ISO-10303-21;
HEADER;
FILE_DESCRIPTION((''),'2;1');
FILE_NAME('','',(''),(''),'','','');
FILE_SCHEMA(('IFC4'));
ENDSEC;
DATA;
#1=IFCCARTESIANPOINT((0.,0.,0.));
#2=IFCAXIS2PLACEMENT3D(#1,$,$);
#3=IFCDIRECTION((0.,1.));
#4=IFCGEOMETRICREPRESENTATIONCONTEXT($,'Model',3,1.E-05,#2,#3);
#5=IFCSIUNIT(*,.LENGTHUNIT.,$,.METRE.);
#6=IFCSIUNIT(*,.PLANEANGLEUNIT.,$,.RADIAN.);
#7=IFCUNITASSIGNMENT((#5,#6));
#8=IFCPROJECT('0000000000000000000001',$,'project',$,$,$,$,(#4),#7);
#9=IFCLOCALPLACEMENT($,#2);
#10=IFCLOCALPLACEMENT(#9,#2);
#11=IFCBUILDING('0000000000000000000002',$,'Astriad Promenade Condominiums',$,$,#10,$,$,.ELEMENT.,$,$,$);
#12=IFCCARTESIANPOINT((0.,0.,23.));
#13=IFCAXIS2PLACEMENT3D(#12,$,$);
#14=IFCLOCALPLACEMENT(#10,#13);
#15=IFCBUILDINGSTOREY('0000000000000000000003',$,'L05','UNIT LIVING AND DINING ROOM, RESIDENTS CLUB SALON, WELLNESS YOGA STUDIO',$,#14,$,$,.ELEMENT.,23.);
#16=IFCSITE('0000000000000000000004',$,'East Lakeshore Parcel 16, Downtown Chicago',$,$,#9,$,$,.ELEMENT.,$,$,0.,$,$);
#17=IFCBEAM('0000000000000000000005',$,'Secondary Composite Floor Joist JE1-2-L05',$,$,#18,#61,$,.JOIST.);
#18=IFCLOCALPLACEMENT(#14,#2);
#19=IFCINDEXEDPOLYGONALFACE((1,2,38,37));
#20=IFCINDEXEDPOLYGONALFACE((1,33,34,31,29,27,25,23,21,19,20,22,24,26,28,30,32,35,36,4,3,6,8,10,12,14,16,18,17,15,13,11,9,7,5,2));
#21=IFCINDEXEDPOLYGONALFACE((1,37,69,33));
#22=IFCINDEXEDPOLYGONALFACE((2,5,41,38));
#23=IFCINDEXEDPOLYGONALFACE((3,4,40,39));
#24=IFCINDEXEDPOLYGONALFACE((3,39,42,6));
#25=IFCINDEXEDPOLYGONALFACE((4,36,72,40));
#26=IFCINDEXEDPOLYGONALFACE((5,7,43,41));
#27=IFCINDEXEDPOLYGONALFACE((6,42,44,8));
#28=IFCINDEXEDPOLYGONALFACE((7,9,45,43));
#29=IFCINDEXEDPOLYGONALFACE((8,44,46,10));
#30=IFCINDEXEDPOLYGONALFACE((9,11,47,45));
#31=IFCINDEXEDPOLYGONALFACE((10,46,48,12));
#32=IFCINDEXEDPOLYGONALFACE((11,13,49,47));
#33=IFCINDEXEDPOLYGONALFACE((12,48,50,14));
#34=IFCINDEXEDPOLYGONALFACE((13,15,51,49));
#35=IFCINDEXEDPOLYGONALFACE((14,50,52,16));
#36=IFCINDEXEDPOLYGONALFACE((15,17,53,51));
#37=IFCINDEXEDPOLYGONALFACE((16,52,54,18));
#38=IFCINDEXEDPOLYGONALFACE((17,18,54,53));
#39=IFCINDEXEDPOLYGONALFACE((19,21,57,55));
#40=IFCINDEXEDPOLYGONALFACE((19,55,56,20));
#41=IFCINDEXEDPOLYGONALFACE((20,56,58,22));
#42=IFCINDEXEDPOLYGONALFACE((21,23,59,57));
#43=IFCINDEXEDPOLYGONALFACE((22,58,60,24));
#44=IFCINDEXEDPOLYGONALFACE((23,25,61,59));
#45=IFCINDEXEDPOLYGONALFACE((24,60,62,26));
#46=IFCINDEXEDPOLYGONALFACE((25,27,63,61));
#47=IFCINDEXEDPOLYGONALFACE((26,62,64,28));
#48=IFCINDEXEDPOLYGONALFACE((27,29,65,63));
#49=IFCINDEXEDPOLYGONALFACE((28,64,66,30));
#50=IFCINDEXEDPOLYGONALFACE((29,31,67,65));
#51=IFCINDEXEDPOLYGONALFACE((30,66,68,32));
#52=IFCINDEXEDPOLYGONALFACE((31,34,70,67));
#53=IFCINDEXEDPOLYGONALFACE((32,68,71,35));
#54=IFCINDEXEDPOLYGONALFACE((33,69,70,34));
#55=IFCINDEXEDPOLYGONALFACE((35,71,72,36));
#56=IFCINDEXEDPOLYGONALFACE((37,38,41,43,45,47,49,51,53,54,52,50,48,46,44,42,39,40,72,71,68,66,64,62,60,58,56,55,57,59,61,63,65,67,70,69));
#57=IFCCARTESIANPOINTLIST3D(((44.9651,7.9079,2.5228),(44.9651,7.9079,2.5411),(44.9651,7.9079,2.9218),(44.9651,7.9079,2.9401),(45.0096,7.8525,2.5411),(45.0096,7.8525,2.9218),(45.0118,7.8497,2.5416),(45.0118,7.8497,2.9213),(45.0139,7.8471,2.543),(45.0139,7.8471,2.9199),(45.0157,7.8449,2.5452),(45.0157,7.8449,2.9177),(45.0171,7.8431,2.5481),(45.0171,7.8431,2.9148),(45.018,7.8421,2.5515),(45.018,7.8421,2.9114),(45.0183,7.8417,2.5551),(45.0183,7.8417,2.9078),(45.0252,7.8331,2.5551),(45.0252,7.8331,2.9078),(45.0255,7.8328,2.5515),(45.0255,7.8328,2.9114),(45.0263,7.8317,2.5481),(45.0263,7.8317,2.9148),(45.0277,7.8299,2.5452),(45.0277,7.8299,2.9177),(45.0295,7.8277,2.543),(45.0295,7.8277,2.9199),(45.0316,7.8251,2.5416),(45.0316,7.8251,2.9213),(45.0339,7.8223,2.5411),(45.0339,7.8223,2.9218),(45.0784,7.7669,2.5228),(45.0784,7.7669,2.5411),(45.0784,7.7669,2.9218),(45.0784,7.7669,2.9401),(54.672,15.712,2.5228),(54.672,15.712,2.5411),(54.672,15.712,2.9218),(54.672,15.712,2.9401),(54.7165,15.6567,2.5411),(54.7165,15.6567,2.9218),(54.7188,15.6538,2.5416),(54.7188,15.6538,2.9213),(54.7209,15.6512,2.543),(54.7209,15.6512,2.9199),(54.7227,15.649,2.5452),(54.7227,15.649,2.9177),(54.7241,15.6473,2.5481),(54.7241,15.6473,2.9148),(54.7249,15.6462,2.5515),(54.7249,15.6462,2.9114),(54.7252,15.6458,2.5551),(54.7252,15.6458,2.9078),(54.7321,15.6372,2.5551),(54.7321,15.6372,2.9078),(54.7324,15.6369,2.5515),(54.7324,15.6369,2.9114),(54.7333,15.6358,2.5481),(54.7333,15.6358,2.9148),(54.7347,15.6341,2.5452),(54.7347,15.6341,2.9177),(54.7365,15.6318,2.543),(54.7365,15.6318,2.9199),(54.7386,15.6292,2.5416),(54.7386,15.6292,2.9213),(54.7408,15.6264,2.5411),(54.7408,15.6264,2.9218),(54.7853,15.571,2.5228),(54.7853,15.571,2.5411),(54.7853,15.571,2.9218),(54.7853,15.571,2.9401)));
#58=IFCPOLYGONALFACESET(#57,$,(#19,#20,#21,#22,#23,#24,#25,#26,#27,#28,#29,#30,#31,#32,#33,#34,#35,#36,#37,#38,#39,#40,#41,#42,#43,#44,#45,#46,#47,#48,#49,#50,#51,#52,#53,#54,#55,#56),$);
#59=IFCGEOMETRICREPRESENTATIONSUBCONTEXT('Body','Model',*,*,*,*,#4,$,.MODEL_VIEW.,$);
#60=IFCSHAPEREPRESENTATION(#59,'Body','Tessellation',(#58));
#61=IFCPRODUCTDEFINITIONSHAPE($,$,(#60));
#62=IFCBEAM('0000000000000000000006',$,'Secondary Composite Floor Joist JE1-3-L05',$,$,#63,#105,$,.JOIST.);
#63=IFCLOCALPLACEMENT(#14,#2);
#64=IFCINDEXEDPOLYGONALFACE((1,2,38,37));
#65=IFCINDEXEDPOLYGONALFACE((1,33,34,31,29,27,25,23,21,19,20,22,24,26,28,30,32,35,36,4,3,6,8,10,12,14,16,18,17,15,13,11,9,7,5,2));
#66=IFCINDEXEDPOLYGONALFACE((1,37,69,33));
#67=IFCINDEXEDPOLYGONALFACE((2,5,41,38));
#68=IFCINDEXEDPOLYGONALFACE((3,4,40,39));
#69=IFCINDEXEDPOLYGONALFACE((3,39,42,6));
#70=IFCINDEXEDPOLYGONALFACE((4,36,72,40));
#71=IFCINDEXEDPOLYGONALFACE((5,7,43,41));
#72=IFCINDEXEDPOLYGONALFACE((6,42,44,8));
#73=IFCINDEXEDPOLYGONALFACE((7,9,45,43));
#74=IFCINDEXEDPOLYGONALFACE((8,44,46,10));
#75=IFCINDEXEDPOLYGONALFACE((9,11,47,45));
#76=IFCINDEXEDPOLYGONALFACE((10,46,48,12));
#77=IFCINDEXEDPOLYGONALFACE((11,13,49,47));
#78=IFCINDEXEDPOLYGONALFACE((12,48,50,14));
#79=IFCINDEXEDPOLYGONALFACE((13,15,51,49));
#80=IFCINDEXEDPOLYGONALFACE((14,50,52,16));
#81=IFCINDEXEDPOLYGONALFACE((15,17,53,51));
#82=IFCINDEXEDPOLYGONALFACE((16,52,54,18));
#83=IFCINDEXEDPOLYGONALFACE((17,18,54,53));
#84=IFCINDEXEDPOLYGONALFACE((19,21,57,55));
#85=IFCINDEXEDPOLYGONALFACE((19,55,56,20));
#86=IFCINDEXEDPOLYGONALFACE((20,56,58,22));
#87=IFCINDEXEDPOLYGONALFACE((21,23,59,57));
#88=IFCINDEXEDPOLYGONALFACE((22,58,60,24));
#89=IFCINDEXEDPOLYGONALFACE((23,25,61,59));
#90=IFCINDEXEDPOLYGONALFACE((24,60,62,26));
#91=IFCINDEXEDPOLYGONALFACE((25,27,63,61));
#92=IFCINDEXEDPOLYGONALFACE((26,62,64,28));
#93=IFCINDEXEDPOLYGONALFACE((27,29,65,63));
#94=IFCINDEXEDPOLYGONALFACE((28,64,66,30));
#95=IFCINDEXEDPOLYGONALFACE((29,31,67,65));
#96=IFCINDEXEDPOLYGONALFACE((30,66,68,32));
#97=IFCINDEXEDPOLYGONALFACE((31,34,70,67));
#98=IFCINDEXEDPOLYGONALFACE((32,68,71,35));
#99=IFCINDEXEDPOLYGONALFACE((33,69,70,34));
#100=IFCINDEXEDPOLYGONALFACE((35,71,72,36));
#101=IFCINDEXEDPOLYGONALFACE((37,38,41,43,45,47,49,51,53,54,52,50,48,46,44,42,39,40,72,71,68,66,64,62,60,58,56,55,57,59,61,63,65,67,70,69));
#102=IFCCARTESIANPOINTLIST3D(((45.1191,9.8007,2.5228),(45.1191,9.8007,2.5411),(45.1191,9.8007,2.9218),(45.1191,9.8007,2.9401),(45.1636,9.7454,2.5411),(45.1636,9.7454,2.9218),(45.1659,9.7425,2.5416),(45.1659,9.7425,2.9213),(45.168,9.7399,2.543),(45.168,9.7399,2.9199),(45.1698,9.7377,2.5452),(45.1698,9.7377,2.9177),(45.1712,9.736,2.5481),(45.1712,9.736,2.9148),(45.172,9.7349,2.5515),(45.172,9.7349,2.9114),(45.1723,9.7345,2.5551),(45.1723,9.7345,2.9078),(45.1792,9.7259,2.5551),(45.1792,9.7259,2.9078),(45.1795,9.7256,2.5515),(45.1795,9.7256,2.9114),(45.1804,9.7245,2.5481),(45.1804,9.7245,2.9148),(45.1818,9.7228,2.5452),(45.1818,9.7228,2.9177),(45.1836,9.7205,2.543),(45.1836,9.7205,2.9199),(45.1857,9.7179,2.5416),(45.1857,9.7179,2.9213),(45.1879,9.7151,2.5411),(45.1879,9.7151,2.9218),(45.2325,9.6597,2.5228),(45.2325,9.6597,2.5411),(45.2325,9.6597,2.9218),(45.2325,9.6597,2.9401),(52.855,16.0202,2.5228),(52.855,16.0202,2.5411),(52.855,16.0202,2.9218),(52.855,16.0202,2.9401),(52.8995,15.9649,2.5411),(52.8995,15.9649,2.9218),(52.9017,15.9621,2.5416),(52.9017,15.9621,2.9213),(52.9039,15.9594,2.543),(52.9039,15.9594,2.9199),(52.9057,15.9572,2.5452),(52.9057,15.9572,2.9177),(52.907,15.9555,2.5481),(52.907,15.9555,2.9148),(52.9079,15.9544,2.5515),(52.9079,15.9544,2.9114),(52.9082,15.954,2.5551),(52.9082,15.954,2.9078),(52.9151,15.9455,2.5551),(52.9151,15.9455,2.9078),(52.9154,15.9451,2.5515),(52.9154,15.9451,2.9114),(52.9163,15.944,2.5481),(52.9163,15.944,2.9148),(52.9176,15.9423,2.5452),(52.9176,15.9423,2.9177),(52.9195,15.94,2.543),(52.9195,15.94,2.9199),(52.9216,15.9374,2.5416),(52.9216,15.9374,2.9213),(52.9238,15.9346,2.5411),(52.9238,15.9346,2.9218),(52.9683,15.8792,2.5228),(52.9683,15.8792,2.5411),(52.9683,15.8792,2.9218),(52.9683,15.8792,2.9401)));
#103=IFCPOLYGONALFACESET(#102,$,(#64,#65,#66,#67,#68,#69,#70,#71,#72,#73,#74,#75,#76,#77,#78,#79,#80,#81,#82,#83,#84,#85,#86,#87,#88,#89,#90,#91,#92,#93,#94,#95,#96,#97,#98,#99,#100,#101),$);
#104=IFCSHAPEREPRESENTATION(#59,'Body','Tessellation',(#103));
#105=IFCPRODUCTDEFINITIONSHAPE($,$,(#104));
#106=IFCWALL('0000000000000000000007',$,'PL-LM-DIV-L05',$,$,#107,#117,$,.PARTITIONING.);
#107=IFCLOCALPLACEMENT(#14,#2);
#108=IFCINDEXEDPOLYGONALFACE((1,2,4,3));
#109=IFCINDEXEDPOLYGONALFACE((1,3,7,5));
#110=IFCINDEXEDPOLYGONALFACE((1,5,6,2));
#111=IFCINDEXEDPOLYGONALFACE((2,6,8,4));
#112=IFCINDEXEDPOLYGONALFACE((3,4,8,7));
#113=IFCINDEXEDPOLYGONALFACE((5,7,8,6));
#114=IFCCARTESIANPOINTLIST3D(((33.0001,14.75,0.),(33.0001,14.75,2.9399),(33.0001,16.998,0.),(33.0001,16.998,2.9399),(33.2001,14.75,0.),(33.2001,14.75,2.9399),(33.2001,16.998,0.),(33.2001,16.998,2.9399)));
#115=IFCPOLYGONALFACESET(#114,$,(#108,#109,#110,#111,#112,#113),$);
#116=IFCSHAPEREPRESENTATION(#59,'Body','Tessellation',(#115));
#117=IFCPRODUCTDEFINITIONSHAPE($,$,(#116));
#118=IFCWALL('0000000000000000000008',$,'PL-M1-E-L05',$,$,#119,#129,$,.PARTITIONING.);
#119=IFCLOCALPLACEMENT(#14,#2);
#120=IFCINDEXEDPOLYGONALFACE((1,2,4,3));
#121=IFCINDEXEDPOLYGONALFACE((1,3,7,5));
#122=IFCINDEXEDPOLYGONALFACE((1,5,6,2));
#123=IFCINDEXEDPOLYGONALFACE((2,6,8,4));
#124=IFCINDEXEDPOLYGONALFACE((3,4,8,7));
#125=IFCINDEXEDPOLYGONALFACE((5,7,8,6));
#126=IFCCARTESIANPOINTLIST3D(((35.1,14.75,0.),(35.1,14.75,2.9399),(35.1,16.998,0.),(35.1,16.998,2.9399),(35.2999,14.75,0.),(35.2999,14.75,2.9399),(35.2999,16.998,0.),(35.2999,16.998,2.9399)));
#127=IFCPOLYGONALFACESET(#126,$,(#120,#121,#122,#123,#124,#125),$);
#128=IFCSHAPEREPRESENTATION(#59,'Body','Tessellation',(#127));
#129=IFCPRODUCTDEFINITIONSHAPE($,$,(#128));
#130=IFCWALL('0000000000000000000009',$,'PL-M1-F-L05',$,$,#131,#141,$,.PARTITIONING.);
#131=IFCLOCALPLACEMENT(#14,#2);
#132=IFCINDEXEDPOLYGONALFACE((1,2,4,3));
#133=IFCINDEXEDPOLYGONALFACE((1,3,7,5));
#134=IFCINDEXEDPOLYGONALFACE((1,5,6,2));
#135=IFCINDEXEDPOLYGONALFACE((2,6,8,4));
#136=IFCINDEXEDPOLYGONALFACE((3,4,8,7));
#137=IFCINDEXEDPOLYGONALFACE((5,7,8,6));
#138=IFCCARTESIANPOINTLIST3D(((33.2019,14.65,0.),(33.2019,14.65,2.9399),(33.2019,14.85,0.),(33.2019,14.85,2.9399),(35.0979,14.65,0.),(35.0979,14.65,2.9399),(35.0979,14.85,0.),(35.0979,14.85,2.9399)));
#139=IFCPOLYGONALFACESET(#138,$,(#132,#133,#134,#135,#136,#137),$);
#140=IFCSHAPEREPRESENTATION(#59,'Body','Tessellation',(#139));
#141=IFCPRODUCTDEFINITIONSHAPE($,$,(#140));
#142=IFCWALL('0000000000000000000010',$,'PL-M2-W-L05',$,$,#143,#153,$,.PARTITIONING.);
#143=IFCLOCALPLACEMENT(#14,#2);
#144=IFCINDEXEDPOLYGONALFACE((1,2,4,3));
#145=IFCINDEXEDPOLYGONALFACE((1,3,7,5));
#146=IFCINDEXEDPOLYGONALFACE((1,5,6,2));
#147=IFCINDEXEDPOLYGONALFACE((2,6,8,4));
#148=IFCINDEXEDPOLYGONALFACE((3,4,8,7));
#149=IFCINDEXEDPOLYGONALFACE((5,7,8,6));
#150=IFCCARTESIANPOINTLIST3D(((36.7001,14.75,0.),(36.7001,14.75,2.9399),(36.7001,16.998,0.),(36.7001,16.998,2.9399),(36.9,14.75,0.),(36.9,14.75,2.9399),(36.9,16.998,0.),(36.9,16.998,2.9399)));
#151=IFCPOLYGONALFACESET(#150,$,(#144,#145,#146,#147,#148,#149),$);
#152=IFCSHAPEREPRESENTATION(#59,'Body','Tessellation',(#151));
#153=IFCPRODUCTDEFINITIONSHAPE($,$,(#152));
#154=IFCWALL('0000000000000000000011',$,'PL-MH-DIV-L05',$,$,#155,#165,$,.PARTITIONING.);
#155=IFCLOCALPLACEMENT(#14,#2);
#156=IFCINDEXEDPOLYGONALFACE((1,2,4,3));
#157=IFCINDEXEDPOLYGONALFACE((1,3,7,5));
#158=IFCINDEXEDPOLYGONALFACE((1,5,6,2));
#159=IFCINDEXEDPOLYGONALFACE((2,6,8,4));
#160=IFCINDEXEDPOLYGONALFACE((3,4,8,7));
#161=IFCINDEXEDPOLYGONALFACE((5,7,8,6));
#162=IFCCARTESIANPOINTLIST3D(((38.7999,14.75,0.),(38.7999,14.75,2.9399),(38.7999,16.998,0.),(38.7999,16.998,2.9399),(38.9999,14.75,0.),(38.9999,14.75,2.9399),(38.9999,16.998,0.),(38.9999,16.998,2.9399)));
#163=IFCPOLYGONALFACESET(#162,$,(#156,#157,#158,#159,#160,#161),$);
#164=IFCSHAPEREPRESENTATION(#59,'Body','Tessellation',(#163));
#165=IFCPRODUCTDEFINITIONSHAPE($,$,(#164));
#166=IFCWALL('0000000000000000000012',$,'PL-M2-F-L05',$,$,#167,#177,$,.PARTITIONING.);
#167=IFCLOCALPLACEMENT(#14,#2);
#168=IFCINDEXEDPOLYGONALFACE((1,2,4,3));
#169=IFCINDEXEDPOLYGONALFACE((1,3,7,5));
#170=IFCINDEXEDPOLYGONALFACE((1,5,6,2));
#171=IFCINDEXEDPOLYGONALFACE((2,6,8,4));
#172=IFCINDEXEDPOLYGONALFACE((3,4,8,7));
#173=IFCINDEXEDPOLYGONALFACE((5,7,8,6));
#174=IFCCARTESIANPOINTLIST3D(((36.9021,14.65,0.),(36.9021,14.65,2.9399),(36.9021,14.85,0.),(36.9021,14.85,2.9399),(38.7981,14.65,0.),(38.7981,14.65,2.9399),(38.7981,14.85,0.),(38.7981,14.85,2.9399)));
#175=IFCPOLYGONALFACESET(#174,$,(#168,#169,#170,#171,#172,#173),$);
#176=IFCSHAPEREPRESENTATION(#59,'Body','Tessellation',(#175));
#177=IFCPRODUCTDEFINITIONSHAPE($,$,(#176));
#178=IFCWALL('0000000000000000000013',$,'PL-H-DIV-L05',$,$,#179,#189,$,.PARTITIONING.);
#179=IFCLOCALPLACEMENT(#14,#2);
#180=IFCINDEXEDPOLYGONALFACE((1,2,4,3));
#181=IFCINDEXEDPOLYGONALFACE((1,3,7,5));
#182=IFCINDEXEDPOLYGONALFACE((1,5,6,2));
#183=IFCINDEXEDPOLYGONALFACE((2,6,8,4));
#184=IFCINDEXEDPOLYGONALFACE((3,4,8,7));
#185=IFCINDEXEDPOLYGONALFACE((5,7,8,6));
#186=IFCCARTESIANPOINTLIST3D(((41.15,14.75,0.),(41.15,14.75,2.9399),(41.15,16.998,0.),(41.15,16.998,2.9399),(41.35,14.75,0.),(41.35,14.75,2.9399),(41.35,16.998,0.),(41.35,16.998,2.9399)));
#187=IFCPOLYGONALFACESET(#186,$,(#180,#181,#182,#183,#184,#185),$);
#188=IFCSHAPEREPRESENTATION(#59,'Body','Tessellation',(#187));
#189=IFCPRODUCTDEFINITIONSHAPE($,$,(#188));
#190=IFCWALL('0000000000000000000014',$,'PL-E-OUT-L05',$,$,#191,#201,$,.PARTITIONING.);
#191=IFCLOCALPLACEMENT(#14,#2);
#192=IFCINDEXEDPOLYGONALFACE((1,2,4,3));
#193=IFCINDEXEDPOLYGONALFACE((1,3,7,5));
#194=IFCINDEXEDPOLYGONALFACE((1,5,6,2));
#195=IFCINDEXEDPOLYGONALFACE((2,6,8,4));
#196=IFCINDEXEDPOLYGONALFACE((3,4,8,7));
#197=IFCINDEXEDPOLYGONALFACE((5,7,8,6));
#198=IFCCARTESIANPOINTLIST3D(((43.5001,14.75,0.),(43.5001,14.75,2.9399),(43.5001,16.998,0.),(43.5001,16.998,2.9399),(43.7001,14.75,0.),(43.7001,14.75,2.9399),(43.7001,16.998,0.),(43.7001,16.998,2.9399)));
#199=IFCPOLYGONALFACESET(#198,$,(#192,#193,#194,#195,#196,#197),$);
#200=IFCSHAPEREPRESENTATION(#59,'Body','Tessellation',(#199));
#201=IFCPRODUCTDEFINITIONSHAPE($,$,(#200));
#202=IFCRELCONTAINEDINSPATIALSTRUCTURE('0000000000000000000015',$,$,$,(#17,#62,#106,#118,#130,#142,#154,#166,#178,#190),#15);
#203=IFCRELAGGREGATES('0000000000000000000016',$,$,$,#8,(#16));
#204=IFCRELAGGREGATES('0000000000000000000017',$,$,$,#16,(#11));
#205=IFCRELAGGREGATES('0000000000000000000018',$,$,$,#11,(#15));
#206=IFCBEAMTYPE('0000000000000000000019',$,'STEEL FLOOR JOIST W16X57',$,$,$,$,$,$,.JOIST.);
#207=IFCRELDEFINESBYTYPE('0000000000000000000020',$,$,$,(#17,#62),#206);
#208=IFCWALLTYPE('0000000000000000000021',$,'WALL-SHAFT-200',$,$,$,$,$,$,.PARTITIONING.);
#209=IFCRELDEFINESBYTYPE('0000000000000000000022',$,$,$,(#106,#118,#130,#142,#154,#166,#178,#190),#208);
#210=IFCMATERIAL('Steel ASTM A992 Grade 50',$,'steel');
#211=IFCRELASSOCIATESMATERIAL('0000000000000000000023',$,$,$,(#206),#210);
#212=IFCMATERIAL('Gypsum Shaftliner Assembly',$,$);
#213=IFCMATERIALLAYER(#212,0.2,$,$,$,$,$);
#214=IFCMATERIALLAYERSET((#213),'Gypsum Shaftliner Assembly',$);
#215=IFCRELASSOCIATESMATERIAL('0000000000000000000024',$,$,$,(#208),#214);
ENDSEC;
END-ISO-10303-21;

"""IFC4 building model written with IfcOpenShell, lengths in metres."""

from ifc_helpers import new_model, si_unit, direction, frame, frame_2d, origin, origin_2d, place, context, subcontext, project, spatial, rectangle, i_section, extrude, source, transform, mapped, material, layer, layer_set, material_profile, profile_set, type_object, element, save


model = new_model("IFC4")

# Units and contexts
model_context = context("Model", 3, precision=1e-05, world=origin(), true_north=direction((0.0, 1.0)))
body_context = subcontext(model_context, "Body", "Model", "MODEL_VIEW")
ifc_project = project(units=[si_unit("LENGTHUNIT", "METRE"), si_unit("PLANEANGLEUNIT", "RADIAN")], contexts=[model_context])

# Site, building, storey
site_placement = place(None, origin())
site = spatial("IfcSite", under=ifc_project, at=site_placement, Name="East Lakeshore Parcel 16, Downtown Chicago", CompositionType="ELEMENT", RefElevation=0.0)
building_placement = place(site_placement, origin())
building = spatial("IfcBuilding", under=site, at=building_placement, Name="Astriad Promenade Condominiums", CompositionType="ELEMENT")
storey_placement = place(building_placement, frame((0.0, 0.0, 23.0)))
storey = spatial("IfcBuildingStorey", under=building, at=storey_placement, Name="L05", Description="UNIT LIVING AND DINING ROOM, RESIDENTS CLUB SALON, WELLNESS YOGA STUDIO", CompositionType="ELEMENT", Elevation=23.0)

# Shared definitions
ifc_material_1 = material(Name="Steel ASTM A992 Grade 50", Category="steel")

# Beams
ifc_material_profile_1 = material_profile(ifc_material_1, i_section(OverallWidth=0.1809, OverallDepth=0.4172, WebThickness=0.011, FlangeThickness=0.0183, FilletRadius=0.0139, at=origin_2d()), Name="W16X57")
ifc_profile_set_1 = profile_set([ifc_material_profile_1], Name="Steel ASTM A992 Grade 50")
beam_type_1 = type_object("IfcBeamType", Name="STEEL FLOOR JOIST W16X57", PredefinedType="JOIST", material=ifc_profile_set_1)
shared_shape_1 = source(origin(), body_context, "Body", "SweptSolid", [
    extrude(i_section(OverallWidth=0.1809, OverallDepth=0.4172, WebThickness=0.011, FlangeThickness=0.0183, FilletRadius=0.0139, at=origin_2d()), origin(), (0.0, 0.0, 1.0), 12.4551),
])
beam_1_placement = place(storey_placement, frame((45.0217, 7.8374, 2.7314), z_axis=(0.779356, 0.626582, 0.0), x_axis=(-0.626582, 0.779356, 0.0)))
element("IfcBeam", 1, at=beam_1_placement, inside=storey, type_object=beam_type_1, Name="Secondary Composite Floor Joist JE1-2-L05", PredefinedType="JOIST", context=body_context, shape_type="MappedRepresentation", body=[
    mapped(shared_shape_1, transform((0.0, 0.0, 0.0), scale=1.0)),
])
shared_shape_2 = source(origin(), body_context, "Body", "SweptSolid", [
    extrude(i_section(OverallWidth=0.1809, OverallDepth=0.4172, WebThickness=0.011, FlangeThickness=0.0183, FilletRadius=0.0139, at=origin_2d()), origin(), (0.0, 0.0, 1.0), 9.926),
])
beam_2_placement = place(storey_placement, frame((45.1758, 9.7302, 2.7314), z_axis=(0.779352, 0.626586, 0.0), x_axis=(-0.626586, 0.779352, 0.0)))
element("IfcBeam", 2, at=beam_2_placement, inside=storey, type_object=beam_type_1, Name="Secondary Composite Floor Joist JE1-3-L05", PredefinedType="JOIST", context=body_context, shape_type="MappedRepresentation", body=[
    mapped(shared_shape_2, transform((0.0, 0.0, 0.0), scale=1.0)),
])

# Walls
ifc_material_2 = material(Name="Gypsum Shaftliner Assembly")
ifc_layer = layer(ifc_material_2, 0.2)
ifc_layer_set = layer_set([ifc_layer], Name="Gypsum Shaftliner Assembly")
wall_type = type_object("IfcWallType", Name="WALL-SHAFT-200", PredefinedType="PARTITIONING", material=ifc_layer_set)
for number, where, z_axis, x_axis, name in (
    (3, (33.1001, 14.75, 0.0), (0.0, 0.0, 1.0), (0.0, 1.0, 0.0), "PL-LM-DIV-L05"),
    (4, (35.2, 14.75, 0.0), (0.0, 0.0, 1.0), (0.0, 1.0, 0.0), "PL-M1-E-L05"),
):
    element("IfcWall", number, at=place(storey_placement, frame(where, z_axis=z_axis, x_axis=x_axis)), inside=storey, type_object=wall_type, Name=name, PredefinedType="PARTITIONING", context=body_context, shape_type="SweptSolid", body=[
        extrude(rectangle(XDim=2.248, YDim=0.2, at=frame_2d((1.124, 0.0))), origin(), (0.0, 0.0, 1.0), 2.9399),
    ])
wall_1_placement = place(storey_placement, frame((33.2019, 14.75, 0.0), z_axis=(0.0, 0.0, 1.0), x_axis=(1.0, 0.0, 0.0)))
element("IfcWall", 5, at=wall_1_placement, inside=storey, type_object=wall_type, Name="PL-M1-F-L05", PredefinedType="PARTITIONING", context=body_context, shape_type="SweptSolid", body=[
    extrude(rectangle(XDim=1.896, YDim=0.2, at=frame_2d((0.948, 0.0))), origin(), (0.0, 0.0, 1.0), 2.9399),
])
for number, where, z_axis, x_axis, name in (
    (6, (36.8, 14.75, 0.0), (0.0, 0.0, 1.0), (0.0, 1.0, 0.0), "PL-M2-W-L05"),
    (7, (38.8999, 14.75, 0.0), (0.0, 0.0, 1.0), (0.0, 1.0, 0.0), "PL-MH-DIV-L05"),
):
    element("IfcWall", number, at=place(storey_placement, frame(where, z_axis=z_axis, x_axis=x_axis)), inside=storey, type_object=wall_type, Name=name, PredefinedType="PARTITIONING", context=body_context, shape_type="SweptSolid", body=[
        extrude(rectangle(XDim=2.248, YDim=0.2, at=frame_2d((1.124, 0.0))), origin(), (0.0, 0.0, 1.0), 2.9399),
    ])
wall_2_placement = place(storey_placement, frame((36.9021, 14.75, 0.0), z_axis=(0.0, 0.0, 1.0), x_axis=(1.0, 0.0, 0.0)))
element("IfcWall", 8, at=wall_2_placement, inside=storey, type_object=wall_type, Name="PL-M2-F-L05", PredefinedType="PARTITIONING", context=body_context, shape_type="SweptSolid", body=[
    extrude(rectangle(XDim=1.896, YDim=0.2, at=frame_2d((0.948, 0.0))), origin(), (0.0, 0.0, 1.0), 2.9399),
])
for number, where, z_axis, x_axis, name in (
    (9, (41.25, 14.75, 0.0), (0.0, 0.0, 1.0), (0.0, 1.0, 0.0), "PL-H-DIV-L05"),
    (10, (43.6001, 14.75, 0.0), (0.0, 0.0, 1.0), (0.0, 1.0, 0.0), "PL-E-OUT-L05"),
):
    element("IfcWall", number, at=place(storey_placement, frame(where, z_axis=z_axis, x_axis=x_axis)), inside=storey, type_object=wall_type, Name=name, PredefinedType="PARTITIONING", context=body_context, shape_type="SweptSolid", body=[
        extrude(rectangle(XDim=2.248, YDim=0.2, at=frame_2d((1.124, 0.0))), origin(), (0.0, 0.0, 1.0), 2.9399),
    ])

save(model, "model.ifc")
